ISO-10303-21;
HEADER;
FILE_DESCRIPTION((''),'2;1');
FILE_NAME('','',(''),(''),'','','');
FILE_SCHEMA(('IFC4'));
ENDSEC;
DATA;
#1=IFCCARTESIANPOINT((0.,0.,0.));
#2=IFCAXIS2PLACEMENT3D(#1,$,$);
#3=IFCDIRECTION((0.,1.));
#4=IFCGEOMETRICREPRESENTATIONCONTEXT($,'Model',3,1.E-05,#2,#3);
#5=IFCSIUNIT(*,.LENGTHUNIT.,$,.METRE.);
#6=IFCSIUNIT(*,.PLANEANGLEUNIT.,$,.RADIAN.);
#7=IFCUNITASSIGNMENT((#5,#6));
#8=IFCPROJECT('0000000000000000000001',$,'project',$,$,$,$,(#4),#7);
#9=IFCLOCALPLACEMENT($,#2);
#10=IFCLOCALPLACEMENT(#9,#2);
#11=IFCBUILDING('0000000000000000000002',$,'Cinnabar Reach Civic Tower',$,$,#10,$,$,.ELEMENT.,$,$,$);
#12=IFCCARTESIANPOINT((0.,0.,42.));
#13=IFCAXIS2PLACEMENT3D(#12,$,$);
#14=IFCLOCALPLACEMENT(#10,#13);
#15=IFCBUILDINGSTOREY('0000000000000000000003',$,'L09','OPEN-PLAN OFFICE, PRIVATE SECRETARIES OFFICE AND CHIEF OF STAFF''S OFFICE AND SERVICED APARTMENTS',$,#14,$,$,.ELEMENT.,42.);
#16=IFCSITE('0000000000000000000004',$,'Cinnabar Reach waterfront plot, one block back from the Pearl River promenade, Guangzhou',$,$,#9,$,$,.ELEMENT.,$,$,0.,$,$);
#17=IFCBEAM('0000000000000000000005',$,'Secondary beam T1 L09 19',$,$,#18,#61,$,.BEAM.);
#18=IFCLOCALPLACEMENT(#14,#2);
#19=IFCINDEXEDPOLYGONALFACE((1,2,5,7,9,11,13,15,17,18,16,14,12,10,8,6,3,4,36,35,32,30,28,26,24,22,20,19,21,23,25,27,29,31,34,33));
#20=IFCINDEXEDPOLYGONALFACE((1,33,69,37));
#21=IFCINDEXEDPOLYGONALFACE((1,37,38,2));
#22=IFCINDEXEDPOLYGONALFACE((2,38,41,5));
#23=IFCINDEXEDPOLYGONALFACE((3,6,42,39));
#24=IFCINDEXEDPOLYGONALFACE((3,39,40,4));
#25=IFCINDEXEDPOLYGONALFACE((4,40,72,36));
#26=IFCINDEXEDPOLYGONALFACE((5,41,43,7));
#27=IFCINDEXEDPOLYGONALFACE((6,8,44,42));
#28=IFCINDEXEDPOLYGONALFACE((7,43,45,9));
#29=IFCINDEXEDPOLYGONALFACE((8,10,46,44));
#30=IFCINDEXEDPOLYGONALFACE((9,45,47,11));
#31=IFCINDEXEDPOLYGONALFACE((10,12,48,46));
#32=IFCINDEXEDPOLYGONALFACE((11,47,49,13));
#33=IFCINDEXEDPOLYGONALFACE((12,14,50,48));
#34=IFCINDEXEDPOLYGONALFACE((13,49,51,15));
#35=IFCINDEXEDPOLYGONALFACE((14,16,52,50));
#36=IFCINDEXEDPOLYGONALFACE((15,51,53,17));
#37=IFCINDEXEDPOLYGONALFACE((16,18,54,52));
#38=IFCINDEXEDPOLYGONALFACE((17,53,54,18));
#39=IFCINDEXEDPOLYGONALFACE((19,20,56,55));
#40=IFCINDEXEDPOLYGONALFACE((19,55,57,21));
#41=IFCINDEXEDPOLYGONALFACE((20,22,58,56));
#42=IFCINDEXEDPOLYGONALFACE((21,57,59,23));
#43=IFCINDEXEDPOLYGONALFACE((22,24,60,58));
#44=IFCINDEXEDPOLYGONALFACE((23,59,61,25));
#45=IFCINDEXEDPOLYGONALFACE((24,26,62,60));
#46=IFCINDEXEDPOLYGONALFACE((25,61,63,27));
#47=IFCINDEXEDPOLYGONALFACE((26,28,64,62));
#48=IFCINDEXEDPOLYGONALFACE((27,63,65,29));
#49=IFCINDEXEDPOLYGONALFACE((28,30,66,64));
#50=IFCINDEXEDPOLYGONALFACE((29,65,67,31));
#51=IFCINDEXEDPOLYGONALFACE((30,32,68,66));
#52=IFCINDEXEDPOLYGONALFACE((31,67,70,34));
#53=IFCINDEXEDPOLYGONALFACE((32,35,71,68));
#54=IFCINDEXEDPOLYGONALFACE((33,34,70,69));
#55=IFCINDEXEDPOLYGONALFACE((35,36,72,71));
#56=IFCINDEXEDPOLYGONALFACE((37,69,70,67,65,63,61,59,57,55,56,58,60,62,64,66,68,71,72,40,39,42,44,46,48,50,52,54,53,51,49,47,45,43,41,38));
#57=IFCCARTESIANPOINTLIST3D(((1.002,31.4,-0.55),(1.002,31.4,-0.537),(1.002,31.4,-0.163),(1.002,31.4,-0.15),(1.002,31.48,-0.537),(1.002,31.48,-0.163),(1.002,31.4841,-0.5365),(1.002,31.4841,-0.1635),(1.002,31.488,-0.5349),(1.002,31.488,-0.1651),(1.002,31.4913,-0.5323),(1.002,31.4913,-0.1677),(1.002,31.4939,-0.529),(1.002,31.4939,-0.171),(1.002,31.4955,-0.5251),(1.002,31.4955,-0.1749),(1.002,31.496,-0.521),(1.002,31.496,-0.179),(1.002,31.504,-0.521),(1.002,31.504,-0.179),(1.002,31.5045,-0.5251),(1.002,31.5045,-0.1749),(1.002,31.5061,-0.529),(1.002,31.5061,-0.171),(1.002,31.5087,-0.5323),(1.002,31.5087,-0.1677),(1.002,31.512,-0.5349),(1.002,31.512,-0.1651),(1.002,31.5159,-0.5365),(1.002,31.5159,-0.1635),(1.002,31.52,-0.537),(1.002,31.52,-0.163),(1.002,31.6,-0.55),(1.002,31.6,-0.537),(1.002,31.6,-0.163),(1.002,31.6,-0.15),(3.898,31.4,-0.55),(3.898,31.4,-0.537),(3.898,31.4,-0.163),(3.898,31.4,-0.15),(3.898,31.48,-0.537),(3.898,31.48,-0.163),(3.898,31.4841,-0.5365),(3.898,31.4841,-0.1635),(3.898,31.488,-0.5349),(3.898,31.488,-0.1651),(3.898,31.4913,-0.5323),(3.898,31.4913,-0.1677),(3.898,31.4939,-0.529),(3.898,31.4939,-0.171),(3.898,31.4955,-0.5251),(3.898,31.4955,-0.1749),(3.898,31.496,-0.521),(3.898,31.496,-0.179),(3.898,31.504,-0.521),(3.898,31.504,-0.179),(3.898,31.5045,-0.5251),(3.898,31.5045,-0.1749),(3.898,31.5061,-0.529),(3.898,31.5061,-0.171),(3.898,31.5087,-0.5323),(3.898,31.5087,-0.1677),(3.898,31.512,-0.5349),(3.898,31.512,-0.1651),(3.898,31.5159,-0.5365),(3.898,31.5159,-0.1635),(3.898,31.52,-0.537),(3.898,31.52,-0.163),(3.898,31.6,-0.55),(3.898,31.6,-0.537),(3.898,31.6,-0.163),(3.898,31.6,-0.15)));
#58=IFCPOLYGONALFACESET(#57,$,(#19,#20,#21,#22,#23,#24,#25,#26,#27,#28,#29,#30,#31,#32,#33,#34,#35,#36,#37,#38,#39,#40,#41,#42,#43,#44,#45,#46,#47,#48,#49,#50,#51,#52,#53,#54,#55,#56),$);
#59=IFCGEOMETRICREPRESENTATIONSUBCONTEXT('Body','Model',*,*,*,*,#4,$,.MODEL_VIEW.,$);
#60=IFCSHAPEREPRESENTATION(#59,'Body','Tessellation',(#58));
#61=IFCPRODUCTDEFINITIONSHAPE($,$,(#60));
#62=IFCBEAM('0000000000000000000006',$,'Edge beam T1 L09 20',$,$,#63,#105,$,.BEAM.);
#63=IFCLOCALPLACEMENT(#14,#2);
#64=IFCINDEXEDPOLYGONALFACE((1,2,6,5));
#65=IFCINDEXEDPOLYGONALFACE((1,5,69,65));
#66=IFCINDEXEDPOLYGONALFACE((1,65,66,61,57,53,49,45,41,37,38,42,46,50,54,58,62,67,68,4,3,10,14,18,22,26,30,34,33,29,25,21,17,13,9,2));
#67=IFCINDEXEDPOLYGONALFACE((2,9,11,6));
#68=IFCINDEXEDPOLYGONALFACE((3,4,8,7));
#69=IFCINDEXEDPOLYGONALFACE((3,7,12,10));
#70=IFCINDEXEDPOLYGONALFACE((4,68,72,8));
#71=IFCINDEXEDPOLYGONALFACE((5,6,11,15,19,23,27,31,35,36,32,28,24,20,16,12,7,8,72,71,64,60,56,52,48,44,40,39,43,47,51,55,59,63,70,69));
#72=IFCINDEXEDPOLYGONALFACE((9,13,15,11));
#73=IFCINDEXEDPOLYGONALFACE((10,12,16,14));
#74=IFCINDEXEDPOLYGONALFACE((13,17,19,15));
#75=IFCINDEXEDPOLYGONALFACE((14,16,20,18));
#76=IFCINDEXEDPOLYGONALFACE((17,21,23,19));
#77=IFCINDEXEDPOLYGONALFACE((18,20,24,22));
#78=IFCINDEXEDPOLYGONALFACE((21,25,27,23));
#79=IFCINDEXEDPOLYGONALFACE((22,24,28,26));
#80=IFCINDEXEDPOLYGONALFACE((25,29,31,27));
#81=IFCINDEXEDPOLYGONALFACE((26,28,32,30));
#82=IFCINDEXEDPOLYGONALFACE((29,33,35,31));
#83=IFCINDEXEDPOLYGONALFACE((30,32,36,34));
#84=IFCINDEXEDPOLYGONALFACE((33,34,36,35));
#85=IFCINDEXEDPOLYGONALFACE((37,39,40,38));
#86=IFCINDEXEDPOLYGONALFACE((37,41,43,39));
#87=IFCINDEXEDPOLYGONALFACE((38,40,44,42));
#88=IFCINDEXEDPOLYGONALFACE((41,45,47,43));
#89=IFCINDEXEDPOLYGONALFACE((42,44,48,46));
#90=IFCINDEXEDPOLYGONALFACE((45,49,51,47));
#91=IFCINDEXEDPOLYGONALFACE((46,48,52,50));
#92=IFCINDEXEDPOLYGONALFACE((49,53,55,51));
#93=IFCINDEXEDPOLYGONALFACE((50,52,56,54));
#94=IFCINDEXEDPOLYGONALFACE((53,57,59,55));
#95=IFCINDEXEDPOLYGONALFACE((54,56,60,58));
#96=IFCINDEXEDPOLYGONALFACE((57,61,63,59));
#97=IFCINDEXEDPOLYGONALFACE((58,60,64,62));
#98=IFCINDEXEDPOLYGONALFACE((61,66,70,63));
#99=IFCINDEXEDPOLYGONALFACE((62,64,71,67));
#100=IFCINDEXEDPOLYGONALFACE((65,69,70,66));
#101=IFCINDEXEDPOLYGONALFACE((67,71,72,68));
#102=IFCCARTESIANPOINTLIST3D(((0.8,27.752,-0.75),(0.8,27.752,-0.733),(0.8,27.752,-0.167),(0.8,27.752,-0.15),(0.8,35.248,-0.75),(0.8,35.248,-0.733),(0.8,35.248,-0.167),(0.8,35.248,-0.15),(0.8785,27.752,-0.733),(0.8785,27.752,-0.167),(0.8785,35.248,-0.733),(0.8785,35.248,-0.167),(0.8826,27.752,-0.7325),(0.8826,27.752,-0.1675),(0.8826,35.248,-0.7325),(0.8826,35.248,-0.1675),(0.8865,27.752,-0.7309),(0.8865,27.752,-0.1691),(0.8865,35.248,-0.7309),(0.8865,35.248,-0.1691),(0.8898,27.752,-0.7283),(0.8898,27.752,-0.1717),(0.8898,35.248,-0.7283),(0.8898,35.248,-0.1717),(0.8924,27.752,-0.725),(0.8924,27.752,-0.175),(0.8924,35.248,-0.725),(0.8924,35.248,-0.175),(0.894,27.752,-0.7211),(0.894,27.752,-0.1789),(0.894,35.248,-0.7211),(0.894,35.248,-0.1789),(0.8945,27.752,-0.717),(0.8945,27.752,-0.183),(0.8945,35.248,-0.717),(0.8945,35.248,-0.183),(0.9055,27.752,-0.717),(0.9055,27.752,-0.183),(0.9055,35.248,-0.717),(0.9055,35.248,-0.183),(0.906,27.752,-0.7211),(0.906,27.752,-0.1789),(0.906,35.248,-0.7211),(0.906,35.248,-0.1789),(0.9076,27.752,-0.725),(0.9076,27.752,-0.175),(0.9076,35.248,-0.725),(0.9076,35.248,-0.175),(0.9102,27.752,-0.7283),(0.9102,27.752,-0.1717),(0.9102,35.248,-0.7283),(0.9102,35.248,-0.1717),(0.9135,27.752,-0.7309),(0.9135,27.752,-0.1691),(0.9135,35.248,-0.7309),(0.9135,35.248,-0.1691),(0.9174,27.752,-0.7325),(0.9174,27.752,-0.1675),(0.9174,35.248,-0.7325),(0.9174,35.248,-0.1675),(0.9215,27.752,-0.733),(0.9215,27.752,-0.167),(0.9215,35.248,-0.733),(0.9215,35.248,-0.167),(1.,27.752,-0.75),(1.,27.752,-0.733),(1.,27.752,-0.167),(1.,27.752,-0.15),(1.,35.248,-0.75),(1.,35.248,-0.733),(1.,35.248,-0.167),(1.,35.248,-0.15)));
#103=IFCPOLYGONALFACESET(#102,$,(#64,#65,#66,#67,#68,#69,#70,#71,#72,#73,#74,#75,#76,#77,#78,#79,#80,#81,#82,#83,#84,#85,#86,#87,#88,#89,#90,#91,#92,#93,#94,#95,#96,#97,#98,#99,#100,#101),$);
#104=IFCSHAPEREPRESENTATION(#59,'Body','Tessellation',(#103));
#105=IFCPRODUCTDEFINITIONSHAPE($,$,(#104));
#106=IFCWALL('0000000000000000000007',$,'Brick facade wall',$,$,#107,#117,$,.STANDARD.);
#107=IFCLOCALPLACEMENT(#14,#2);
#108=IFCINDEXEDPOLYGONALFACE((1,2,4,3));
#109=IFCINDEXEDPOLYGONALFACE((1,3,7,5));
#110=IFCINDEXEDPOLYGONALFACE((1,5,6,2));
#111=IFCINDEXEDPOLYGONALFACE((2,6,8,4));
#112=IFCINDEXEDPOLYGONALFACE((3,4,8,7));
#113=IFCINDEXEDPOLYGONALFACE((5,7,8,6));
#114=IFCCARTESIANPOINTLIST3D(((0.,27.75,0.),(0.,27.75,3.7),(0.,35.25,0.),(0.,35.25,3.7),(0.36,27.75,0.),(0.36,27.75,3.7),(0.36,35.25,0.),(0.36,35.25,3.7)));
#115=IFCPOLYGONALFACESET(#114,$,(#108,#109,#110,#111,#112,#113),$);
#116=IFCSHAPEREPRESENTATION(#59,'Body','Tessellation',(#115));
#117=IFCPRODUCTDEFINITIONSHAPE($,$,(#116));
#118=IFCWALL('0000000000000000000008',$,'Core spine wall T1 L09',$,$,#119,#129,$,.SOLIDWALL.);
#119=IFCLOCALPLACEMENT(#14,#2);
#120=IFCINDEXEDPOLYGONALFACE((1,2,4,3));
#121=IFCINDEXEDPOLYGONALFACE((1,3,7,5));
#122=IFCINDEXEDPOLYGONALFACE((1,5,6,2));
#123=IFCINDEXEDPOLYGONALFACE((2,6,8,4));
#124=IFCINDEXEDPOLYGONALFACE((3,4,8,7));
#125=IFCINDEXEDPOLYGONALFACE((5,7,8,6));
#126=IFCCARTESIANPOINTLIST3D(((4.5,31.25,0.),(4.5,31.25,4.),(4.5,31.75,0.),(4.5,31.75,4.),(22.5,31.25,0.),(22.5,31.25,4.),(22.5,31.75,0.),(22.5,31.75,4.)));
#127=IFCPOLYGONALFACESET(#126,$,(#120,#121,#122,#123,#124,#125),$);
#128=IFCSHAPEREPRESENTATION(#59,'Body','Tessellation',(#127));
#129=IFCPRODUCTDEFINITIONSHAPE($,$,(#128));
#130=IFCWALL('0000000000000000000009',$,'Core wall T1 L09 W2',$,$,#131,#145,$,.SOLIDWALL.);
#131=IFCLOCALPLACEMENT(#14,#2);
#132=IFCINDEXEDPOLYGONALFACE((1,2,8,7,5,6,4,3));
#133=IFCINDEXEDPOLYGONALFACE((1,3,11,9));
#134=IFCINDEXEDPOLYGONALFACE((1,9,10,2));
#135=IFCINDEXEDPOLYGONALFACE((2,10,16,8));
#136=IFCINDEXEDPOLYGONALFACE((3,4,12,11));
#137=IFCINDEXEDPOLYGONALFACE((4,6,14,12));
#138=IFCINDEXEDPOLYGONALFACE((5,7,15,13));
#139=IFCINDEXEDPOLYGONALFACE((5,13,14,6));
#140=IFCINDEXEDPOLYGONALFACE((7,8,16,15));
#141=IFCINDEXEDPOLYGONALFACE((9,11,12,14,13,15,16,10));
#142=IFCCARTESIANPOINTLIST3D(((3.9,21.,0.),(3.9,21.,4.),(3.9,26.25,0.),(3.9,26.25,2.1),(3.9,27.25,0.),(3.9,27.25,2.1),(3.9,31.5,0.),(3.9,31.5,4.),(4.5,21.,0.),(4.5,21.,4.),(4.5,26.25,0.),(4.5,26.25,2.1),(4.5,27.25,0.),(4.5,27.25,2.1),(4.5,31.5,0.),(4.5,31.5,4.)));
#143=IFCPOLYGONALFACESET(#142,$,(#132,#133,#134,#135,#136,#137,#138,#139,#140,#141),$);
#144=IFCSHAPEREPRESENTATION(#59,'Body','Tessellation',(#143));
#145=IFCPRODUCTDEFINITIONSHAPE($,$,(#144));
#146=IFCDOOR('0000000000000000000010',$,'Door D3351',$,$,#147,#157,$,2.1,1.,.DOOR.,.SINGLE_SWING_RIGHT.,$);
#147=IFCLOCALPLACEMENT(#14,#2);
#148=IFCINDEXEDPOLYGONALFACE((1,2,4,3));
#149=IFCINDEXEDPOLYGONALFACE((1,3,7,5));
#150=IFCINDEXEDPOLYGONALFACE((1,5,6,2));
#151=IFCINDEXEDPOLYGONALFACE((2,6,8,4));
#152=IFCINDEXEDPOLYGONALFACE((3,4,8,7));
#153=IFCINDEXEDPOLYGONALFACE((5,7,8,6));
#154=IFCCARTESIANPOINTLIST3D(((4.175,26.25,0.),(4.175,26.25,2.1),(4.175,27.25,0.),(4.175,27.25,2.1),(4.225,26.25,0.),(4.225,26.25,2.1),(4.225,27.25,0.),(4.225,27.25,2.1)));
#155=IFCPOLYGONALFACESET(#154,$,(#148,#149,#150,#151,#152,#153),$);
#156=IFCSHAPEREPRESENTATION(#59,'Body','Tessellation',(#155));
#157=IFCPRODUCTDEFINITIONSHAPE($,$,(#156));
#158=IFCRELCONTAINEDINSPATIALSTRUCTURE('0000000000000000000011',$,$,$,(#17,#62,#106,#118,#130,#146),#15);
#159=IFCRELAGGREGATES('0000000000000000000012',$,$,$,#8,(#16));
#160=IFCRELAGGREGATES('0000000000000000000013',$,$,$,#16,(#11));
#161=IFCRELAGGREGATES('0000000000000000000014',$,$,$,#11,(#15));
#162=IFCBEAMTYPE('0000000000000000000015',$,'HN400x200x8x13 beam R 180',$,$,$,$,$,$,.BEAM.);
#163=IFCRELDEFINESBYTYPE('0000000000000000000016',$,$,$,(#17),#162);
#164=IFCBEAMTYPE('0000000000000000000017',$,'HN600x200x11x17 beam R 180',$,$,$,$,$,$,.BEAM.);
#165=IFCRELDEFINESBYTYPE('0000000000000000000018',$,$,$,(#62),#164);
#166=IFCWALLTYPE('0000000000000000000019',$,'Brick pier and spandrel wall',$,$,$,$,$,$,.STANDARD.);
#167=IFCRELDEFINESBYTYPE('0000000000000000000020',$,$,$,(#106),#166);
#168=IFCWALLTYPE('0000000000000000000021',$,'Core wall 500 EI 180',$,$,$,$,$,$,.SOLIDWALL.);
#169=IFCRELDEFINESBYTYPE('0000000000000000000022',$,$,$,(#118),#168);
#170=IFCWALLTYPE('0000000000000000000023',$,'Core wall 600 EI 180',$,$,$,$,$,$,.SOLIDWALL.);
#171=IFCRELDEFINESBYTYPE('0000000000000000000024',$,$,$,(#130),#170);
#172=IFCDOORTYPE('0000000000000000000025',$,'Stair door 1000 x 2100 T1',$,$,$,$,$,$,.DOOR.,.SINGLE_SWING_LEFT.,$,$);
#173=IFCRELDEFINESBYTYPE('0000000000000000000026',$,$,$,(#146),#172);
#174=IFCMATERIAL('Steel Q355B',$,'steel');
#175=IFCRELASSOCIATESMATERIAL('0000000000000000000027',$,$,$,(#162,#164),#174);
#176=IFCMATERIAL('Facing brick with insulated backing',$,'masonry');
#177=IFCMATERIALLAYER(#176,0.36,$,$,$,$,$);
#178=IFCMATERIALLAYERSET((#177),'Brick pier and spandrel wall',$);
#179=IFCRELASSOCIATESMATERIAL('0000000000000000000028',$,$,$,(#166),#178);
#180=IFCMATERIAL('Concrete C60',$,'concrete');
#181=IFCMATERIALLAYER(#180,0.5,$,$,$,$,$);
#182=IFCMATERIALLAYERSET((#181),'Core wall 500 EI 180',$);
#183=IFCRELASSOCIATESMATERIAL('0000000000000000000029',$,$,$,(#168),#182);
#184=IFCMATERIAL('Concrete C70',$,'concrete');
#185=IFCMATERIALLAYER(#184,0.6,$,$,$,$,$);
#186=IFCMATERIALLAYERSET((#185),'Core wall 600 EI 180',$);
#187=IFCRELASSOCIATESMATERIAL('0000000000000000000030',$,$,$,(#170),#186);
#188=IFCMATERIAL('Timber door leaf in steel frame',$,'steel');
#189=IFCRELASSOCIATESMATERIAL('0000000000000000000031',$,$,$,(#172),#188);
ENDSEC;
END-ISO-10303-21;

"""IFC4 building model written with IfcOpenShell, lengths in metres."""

from ifc_helpers import new_model, si_unit, direction, frame, frame_2d, origin, origin_2d, place, context, subcontext, project, spatial, rectangle, i_section, extrude, material, layer, layer_set, material_profile, profile_set, type_object, element, fill, save


model = new_model("IFC4")

# Units and contexts
model_context = context("Model", 3, precision=1e-05, world=origin(), true_north=direction((0.0, 1.0)))
body_context = subcontext(model_context, "Body", "Model", "MODEL_VIEW")
ifc_project = project(units=[si_unit("LENGTHUNIT", "METRE"), si_unit("PLANEANGLEUNIT", "RADIAN")], contexts=[model_context])

# Site, building, storey
site_placement = place(None, origin())
site = spatial("IfcSite", under=ifc_project, at=site_placement, Name="Cinnabar Reach waterfront plot, one block back from the Pearl River promenade, Guangzhou", CompositionType="ELEMENT", RefElevation=0.0)
building_placement = place(site_placement, origin())
building = spatial("IfcBuilding", under=site, at=building_placement, Name="Cinnabar Reach Civic Tower", CompositionType="ELEMENT")
storey_placement = place(building_placement, frame((0.0, 0.0, 42.0)))
storey = spatial("IfcBuildingStorey", under=building, at=storey_placement, Name="L09", Description="OPEN-PLAN OFFICE, PRIVATE SECRETARIES OFFICE AND CHIEF OF STAFF'S OFFICE AND SERVICED APARTMENTS", CompositionType="ELEMENT", Elevation=42.0)

# Beams
ifc_material_1 = material(Name="Steel Q355B", Category="steel")
ifc_material_profile_1 = material_profile(ifc_material_1, i_section(OverallWidth=0.2, OverallDepth=0.4, WebThickness=0.008, FlangeThickness=0.013, FilletRadius=0.016, at=origin_2d()), Name="HN400x200x8x13")
ifc_profile_set_1 = profile_set([ifc_material_profile_1], Name="Steel Q355B")
beam_type_1 = type_object("IfcBeamType", Name="HN400x200x8x13 beam R 180", PredefinedType="BEAM", material=ifc_profile_set_1)
beam_1_placement = place(storey_placement, frame((1.002, 31.5, -0.35), z_axis=(1.0, 0.0, 0.0), x_axis=(0.0, 1.0, 0.0)))
element("IfcBeam", 1, at=beam_1_placement, inside=storey, type_object=beam_type_1, Name="Secondary beam T1 L09 19", PredefinedType="BEAM", context=body_context, shape_type="SweptSolid", body=[
    extrude(i_section(OverallWidth=0.2, OverallDepth=0.4, WebThickness=0.008, FlangeThickness=0.013, FilletRadius=0.016, at=origin_2d()), origin(), (0.0, 0.0, 1.0), 2.896),
])
ifc_material_profile_2 = material_profile(ifc_material_1, i_section(OverallWidth=0.2, OverallDepth=0.6, WebThickness=0.011, FlangeThickness=0.017, FilletRadius=0.016, at=origin_2d()), Name="HN600x200x11x17")
ifc_profile_set_2 = profile_set([ifc_material_profile_2], Name="Steel Q355B")
beam_type_2 = type_object("IfcBeamType", Name="HN600x200x11x17 beam R 180", PredefinedType="BEAM", material=ifc_profile_set_2)
beam_2_placement = place(storey_placement, frame((0.9, 35.248, -0.45), z_axis=(0.0, -1.0, 0.0), x_axis=(1.0, 0.0, 0.0)))
element("IfcBeam", 2, at=beam_2_placement, inside=storey, type_object=beam_type_2, Name="Edge beam T1 L09 20", PredefinedType="BEAM", context=body_context, shape_type="SweptSolid", body=[
    extrude(i_section(OverallWidth=0.2, OverallDepth=0.6, WebThickness=0.011, FlangeThickness=0.017, FilletRadius=0.016, at=origin_2d()), origin(), (0.0, 0.0, 1.0), 7.496),
])

# Walls
ifc_material_2 = material(Name="Facing brick with insulated backing", Category="masonry")
ifc_layer_1 = layer(ifc_material_2, 0.36)
ifc_layer_set_1 = layer_set([ifc_layer_1], Name="Brick pier and spandrel wall")
wall_type_1 = type_object("IfcWallType", Name="Brick pier and spandrel wall", PredefinedType="STANDARD", material=ifc_layer_set_1)
wall_1_placement = place(storey_placement, frame((0.18, 35.25, 0.0), z_axis=(0.0, 0.0, 1.0), x_axis=(0.0, -1.0, 0.0)))
element("IfcWall", 3, at=wall_1_placement, inside=storey, type_object=wall_type_1, Name="Brick facade wall", PredefinedType="STANDARD", context=body_context, shape_type="SweptSolid", body=[
    extrude(rectangle(XDim=7.5, YDim=0.36, at=frame_2d((3.75, 0.0))), origin(), (0.0, 0.0, 1.0), 3.7),
])
ifc_material_3 = material(Name="Concrete C60", Category="concrete")
ifc_layer_2 = layer(ifc_material_3, 0.5)
ifc_layer_set_2 = layer_set([ifc_layer_2], Name="Core wall 500 EI 180")
wall_type_2 = type_object("IfcWallType", Name="Core wall 500 EI 180", PredefinedType="SOLIDWALL", material=ifc_layer_set_2)
wall_2_placement = place(storey_placement, frame((4.5, 31.5, 0.0), z_axis=(0.0, 0.0, 1.0), x_axis=(1.0, 0.0, 0.0)))
element("IfcWall", 4, at=wall_2_placement, inside=storey, type_object=wall_type_2, Name="Core spine wall T1 L09", PredefinedType="SOLIDWALL", context=body_context, shape_type="SweptSolid", body=[
    extrude(rectangle(XDim=18.0, YDim=0.5, at=frame_2d((9.0, 0.0))), origin(), (0.0, 0.0, 1.0), 4.0),
])

# Wall, opening, door
ifc_material_4 = material(Name="Concrete C70", Category="concrete")
ifc_layer_3 = layer(ifc_material_4, 0.6)
ifc_layer_set_3 = layer_set([ifc_layer_3], Name="Core wall 600 EI 180")
wall_type_3 = type_object("IfcWallType", Name="Core wall 600 EI 180", PredefinedType="SOLIDWALL", material=ifc_layer_set_3)
wall_3_placement = place(storey_placement, frame((4.2, 31.5, 0.0), z_axis=(0.0, 0.0, 1.0), x_axis=(0.0, -1.0, 0.0)))
wall_3 = element("IfcWall", 5, at=wall_3_placement, inside=storey, type_object=wall_type_3, Name="Core wall T1 L09 W2", PredefinedType="SOLIDWALL", context=body_context, shape_type="SweptSolid", body=[
    extrude(rectangle(XDim=10.5, YDim=0.6, at=frame_2d((5.25, 0.0))), origin(), (0.0, 0.0, 1.0), 4.0),
])
opening_1_placement = place(wall_3_placement, frame((4.25, 0.0, 0.0)))
opening_1 = element("IfcOpeningElement", 6, at=opening_1_placement, cuts=wall_3, PredefinedType="OPENING", context=body_context, shape_type="SweptSolid", body=[
    extrude(rectangle(XDim=1.0, YDim=2.1, at=frame_2d((0.5, 1.05))), frame((0.0, 0.31, 0.0), z_axis=(0.0, -1.0, 0.0), x_axis=(1.0, 0.0, 0.0)), (0.0, 0.0, 1.0), 0.62),
])
ifc_material_5 = material(Name="Timber door leaf in steel frame", Category="steel")
door_type_1 = type_object("IfcDoorType", Name="Stair door 1000 x 2100 T1", OperationType="SINGLE_SWING_LEFT", PredefinedType="DOOR", material=ifc_material_5)
door_1_placement = place(opening_1_placement, frame((1.0, 0.0, 0.0), z_axis=(0.0, 0.0, 1.0), x_axis=(-1.0, 0.0, 0.0)))
door_1 = element("IfcDoor", 7, at=door_1_placement, inside=storey, type_object=door_type_1, Name="Door D3351", OperationType="SINGLE_SWING_RIGHT", OverallHeight=2.1, OverallWidth=1.0, PredefinedType="DOOR", context=body_context, shape_type="SweptSolid", body=[
    extrude(rectangle(XDim=1.0, YDim=2.1, at=frame_2d((0.5, 1.05))), frame((0.0, 0.025, 0.0), z_axis=(0.0, -1.0, 0.0), x_axis=(1.0, 0.0, 0.0)), (0.0, 0.0, 1.0), 0.05),
])
fill(opening_1, door_1)

save(model, "model.ifc")
